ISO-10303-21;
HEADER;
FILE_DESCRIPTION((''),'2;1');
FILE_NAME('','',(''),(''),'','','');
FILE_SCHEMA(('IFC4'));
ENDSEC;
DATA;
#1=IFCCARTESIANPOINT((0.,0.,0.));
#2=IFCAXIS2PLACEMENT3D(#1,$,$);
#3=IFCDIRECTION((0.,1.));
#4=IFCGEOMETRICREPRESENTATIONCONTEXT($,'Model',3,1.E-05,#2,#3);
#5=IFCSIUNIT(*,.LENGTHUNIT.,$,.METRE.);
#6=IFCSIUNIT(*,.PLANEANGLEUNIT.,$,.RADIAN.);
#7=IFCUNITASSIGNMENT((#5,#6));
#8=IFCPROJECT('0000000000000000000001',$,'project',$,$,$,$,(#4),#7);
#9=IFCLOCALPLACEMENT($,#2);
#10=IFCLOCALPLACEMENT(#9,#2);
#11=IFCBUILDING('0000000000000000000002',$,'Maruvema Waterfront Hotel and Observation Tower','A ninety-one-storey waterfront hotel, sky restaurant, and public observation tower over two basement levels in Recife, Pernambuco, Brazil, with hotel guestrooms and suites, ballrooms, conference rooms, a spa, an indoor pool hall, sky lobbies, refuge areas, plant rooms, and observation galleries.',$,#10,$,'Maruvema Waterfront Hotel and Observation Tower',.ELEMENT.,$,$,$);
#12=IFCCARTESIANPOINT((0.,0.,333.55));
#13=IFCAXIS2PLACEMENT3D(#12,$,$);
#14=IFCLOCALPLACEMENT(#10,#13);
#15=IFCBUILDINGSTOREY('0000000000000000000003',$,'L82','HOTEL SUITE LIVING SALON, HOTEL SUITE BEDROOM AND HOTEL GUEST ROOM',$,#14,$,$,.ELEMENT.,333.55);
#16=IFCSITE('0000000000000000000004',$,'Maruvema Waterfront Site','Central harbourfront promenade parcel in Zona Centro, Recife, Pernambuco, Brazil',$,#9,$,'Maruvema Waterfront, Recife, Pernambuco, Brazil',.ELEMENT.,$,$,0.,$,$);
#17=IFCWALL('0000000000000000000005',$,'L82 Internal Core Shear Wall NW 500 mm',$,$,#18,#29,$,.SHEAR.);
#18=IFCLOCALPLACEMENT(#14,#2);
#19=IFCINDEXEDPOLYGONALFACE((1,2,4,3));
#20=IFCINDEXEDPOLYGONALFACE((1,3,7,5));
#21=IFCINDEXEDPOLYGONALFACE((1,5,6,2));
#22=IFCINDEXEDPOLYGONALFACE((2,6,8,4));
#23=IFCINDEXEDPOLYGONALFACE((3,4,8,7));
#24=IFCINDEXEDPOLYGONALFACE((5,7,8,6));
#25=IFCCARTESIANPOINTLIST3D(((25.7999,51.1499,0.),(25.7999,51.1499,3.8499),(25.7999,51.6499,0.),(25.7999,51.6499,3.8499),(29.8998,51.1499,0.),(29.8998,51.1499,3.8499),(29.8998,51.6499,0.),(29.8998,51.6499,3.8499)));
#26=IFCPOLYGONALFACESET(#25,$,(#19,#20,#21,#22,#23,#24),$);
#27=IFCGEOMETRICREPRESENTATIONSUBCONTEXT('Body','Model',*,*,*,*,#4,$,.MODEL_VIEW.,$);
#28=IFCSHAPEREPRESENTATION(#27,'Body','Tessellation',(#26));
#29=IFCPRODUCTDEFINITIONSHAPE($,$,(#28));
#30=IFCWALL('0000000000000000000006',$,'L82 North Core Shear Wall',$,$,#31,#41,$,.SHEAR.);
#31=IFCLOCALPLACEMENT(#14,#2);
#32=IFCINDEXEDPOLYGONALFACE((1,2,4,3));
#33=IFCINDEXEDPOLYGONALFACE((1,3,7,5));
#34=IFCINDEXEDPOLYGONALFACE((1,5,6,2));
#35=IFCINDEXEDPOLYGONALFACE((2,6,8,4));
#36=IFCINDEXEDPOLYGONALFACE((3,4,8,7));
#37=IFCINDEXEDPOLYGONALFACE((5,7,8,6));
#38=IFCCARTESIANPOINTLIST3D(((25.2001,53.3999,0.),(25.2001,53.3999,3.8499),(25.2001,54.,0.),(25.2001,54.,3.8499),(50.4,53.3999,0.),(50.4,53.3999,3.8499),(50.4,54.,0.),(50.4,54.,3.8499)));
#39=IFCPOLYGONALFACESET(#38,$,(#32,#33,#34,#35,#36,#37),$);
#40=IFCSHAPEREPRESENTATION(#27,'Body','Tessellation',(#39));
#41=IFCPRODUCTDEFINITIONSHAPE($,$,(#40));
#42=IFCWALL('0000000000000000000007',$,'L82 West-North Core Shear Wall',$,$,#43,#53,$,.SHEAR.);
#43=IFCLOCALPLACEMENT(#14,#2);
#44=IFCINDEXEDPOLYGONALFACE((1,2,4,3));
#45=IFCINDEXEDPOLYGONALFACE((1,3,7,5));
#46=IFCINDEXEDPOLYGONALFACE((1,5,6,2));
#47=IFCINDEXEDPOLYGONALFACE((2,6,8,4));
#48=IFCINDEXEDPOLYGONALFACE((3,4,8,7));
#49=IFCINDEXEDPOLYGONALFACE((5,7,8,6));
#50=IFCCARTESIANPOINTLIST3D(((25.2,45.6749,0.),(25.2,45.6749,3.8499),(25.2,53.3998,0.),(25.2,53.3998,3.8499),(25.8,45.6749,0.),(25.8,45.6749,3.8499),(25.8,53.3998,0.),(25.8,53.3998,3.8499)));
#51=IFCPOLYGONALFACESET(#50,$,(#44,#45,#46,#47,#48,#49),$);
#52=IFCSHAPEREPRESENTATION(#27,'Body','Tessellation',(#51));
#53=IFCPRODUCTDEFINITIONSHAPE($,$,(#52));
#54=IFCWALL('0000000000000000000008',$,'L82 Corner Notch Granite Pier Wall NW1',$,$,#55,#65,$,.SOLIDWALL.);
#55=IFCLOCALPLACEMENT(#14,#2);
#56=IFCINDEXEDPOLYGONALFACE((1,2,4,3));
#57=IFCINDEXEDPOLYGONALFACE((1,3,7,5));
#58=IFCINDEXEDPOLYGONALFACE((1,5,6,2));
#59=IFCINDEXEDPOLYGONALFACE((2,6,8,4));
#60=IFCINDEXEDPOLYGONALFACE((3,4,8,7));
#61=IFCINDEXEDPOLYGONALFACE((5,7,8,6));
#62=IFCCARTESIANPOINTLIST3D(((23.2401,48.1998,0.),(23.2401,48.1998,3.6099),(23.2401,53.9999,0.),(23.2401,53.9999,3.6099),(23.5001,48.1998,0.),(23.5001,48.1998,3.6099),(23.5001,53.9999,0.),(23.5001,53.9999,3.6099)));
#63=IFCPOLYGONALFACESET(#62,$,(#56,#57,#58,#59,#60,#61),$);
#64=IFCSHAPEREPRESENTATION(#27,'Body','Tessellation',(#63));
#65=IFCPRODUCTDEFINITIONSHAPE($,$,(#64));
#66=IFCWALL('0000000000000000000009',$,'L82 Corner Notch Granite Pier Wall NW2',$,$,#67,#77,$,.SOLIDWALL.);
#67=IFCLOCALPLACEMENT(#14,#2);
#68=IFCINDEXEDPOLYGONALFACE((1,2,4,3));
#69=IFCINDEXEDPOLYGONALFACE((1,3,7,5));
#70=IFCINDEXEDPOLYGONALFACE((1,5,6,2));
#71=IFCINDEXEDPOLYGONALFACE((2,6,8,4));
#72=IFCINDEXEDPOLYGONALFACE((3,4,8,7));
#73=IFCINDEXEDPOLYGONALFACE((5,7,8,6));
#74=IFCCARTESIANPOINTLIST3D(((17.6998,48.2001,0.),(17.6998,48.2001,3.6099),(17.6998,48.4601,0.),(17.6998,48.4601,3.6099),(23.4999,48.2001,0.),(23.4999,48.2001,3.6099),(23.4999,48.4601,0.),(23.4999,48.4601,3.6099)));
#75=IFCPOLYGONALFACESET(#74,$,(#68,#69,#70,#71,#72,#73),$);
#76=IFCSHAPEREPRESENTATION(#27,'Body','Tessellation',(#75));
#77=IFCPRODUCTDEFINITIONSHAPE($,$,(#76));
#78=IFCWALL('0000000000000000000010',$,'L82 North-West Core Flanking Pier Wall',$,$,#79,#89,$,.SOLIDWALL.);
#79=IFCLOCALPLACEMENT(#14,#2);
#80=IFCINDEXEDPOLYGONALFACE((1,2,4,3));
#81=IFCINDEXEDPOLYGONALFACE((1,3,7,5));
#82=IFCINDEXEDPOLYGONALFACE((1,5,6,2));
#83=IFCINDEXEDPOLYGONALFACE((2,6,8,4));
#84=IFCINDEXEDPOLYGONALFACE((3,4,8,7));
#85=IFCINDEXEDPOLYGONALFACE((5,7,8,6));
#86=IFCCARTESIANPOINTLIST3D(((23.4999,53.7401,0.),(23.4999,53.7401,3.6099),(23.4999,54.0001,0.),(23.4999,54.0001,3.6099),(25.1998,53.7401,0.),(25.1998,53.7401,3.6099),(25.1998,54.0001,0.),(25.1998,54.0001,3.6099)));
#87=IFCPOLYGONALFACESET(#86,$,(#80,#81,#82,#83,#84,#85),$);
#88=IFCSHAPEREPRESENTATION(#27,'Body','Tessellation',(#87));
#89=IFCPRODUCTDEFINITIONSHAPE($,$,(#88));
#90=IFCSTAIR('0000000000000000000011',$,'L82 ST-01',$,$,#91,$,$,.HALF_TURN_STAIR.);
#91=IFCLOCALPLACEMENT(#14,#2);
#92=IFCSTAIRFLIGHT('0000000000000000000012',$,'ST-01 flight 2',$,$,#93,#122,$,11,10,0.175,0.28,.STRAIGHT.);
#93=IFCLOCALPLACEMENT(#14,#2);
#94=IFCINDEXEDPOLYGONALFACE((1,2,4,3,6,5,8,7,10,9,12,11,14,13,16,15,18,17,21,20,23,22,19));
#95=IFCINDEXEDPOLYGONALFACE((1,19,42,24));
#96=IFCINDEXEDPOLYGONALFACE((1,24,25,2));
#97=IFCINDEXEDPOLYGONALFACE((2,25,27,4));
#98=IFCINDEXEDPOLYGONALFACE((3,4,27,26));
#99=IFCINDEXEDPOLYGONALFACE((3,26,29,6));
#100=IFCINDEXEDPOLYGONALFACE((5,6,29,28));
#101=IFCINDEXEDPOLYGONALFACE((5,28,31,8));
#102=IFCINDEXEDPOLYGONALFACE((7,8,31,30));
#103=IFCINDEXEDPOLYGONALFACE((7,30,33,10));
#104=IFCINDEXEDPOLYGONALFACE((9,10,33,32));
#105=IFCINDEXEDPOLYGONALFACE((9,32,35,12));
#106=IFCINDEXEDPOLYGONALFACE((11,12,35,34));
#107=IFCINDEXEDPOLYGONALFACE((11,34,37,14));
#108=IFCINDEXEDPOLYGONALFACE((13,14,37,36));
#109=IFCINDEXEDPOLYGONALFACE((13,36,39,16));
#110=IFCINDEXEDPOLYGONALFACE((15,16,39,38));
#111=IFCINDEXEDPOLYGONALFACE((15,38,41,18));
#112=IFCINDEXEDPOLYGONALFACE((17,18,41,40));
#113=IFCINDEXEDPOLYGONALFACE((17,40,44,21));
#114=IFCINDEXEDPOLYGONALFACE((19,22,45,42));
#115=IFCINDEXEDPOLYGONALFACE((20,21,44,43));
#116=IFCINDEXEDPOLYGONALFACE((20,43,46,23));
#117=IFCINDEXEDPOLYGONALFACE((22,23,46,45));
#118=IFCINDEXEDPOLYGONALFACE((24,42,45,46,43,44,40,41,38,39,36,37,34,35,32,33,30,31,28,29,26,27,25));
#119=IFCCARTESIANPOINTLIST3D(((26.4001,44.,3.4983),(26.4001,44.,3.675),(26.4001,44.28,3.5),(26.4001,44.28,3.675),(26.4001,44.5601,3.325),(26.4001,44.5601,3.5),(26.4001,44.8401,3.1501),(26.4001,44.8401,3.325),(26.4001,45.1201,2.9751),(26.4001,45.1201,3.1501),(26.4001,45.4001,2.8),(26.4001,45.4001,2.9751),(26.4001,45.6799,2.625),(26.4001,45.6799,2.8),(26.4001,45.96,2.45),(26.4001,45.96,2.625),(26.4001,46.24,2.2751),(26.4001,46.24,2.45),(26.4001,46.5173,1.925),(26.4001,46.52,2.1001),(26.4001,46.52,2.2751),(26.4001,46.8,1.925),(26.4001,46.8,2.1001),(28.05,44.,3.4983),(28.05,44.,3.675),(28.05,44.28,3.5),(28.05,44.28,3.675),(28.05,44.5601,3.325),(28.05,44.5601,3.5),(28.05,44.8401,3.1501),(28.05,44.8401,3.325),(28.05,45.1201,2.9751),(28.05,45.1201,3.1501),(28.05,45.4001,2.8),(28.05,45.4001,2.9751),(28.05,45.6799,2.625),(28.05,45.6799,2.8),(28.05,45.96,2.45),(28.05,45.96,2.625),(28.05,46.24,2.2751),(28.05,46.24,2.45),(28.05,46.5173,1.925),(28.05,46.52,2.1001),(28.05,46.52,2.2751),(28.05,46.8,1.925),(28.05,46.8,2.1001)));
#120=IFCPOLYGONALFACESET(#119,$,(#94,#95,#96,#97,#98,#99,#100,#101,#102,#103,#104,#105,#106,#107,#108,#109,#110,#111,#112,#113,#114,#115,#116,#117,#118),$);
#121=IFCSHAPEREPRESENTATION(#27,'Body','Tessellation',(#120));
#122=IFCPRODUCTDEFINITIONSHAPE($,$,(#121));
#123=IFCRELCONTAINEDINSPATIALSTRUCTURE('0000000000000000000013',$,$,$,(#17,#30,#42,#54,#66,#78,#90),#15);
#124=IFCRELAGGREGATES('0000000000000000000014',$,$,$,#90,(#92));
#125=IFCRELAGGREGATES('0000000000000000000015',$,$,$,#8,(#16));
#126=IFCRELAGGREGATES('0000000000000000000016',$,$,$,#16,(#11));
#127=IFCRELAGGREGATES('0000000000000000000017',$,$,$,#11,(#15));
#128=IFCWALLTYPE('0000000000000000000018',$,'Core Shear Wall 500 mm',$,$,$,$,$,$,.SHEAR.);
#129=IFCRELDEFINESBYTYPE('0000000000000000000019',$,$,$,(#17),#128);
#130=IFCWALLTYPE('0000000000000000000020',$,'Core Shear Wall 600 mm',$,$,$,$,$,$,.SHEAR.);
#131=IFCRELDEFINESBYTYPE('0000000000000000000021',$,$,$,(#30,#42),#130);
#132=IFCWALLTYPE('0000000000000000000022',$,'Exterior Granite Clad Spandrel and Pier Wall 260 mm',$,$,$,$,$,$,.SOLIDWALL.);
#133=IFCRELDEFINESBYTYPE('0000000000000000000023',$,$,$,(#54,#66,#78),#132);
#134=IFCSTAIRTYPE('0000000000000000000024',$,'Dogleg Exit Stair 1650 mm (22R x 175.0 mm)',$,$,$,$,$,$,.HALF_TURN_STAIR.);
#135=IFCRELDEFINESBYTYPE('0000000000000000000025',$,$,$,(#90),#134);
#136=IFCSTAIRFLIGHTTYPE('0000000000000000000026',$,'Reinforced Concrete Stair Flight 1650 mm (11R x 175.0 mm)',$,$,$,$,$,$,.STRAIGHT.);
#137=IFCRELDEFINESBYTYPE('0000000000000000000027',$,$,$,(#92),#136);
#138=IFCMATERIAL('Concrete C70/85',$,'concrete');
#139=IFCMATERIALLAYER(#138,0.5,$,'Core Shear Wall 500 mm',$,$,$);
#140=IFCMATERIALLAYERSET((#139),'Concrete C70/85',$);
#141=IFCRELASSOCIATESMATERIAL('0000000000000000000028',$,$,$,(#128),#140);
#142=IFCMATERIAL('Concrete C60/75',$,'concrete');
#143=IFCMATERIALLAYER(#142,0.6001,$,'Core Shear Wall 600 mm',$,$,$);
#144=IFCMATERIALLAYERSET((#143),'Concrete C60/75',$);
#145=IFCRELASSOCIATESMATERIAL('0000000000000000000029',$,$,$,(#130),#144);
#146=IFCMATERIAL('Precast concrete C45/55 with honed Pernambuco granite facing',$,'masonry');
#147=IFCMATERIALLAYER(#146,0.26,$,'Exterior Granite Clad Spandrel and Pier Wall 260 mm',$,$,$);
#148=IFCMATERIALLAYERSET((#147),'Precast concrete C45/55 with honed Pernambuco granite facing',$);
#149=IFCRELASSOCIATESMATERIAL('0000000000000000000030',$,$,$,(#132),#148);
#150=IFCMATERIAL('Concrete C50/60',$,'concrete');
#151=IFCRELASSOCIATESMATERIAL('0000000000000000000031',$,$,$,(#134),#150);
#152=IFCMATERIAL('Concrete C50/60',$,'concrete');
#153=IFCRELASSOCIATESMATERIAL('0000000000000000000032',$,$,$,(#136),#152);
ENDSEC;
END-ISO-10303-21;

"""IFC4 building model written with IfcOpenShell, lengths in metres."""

from ifc_helpers import new_model, si_unit, direction, frame, frame_2d, origin, place, context, subcontext, project, spatial, polyline, rectangle, outline, extrude, material, layer, layer_set, type_object, element, aggregate, save


model = new_model("IFC4")

# Units and contexts
model_context = context("Model", 3, precision=1e-05, world=origin(), true_north=direction((0.0, 1.0)))
body_context = subcontext(model_context, "Body", "Model", "MODEL_VIEW")
ifc_project = project(units=[si_unit("LENGTHUNIT", "METRE"), si_unit("PLANEANGLEUNIT", "RADIAN")], contexts=[model_context])

# Site, building, storey
site_placement = place(None, origin())
site = spatial("IfcSite", under=ifc_project, at=site_placement, Name="Maruvema Waterfront Site", Description="Central harbourfront promenade parcel in Zona Centro, Recife, Pernambuco, Brazil", LongName="Maruvema Waterfront, Recife, Pernambuco, Brazil", CompositionType="ELEMENT", RefElevation=0.0)
building_placement = place(site_placement, origin())
building = spatial("IfcBuilding", under=site, at=building_placement, Name="Maruvema Waterfront Hotel and Observation Tower", Description="A ninety-one-storey waterfront hotel, sky restaurant, and public observation tower over two basement levels in Recife, Pernambuco, Brazil, with hotel guestrooms and suites, ballrooms, conference rooms, a spa, an indoor pool hall, sky lobbies, refuge areas, plant rooms, and observation galleries.", LongName="Maruvema Waterfront Hotel and Observation Tower", CompositionType="ELEMENT")
storey_placement = place(building_placement, frame((0.0, 0.0, 333.55)))
storey = spatial("IfcBuildingStorey", under=building, at=storey_placement, Name="L82", Description="HOTEL SUITE LIVING SALON, HOTEL SUITE BEDROOM AND HOTEL GUEST ROOM", CompositionType="ELEMENT", Elevation=333.55)

# Walls
ifc_material_1 = material(Name="Concrete C70/85", Category="concrete")
ifc_layer_1 = layer(ifc_material_1, 0.5, Name="Core Shear Wall 500 mm")
ifc_layer_set_1 = layer_set([ifc_layer_1], Name="Concrete C70/85")
wall_type_1 = type_object("IfcWallType", Name="Core Shear Wall 500 mm", PredefinedType="SHEAR", material=ifc_layer_set_1)
wall_1_placement = place(storey_placement, frame((25.8, 51.3999, 0.0), z_axis=(0.0, 0.0, 1.0), x_axis=(1.0, 0.0, 0.0)))
element("IfcWall", 1, at=wall_1_placement, inside=storey, type_object=wall_type_1, Name="L82 Internal Core Shear Wall NW 500 mm", PredefinedType="SHEAR", context=body_context, shape_type="SweptSolid", body=[
    extrude(rectangle(XDim=4.0999, YDim=0.5, at=frame_2d((2.0498, 0.0))), origin(), (0.0, 0.0, 1.0), 3.8499),
])
ifc_material_2 = material(Name="Concrete C60/75", Category="concrete")
ifc_layer_2 = layer(ifc_material_2, 0.6001, Name="Core Shear Wall 600 mm")
ifc_layer_set_2 = layer_set([ifc_layer_2], Name="Concrete C60/75")
wall_type_2 = type_object("IfcWallType", Name="Core Shear Wall 600 mm", PredefinedType="SHEAR", material=ifc_layer_set_2)
wall_2_placement = place(storey_placement, frame((25.2, 53.7, 0.0), z_axis=(0.0, 0.0, 1.0), x_axis=(1.0, 0.0, 0.0)))
element("IfcWall", 2, at=wall_2_placement, inside=storey, type_object=wall_type_2, Name="L82 North Core Shear Wall", PredefinedType="SHEAR", context=body_context, shape_type="SweptSolid", body=[
    extrude(rectangle(XDim=25.2, YDim=0.6001, at=frame_2d((12.6001, 0.0))), origin(), (0.0, 0.0, 1.0), 3.8499),
])
wall_3_placement = place(storey_placement, frame((25.5, 45.675, 0.0), z_axis=(0.0, 0.0, 1.0), x_axis=(0.0, 1.0, 0.0)))
element("IfcWall", 3, at=wall_3_placement, inside=storey, type_object=wall_type_2, Name="L82 West-North Core Shear Wall", PredefinedType="SHEAR", context=body_context, shape_type="SweptSolid", body=[
    extrude(rectangle(XDim=7.7249, YDim=0.6001, at=frame_2d((3.8623, 0.0))), origin(), (0.0, 0.0, 1.0), 3.8499),
])
ifc_material_3 = material(Name="Precast concrete C45/55 with honed Pernambuco granite facing", Category="masonry")
ifc_layer_3 = layer(ifc_material_3, 0.26, Name="Exterior Granite Clad Spandrel and Pier Wall 260 mm")
ifc_layer_set_3 = layer_set([ifc_layer_3], Name="Precast concrete C45/55 with honed Pernambuco granite facing")
wall_type_3 = type_object("IfcWallType", Name="Exterior Granite Clad Spandrel and Pier Wall 260 mm", PredefinedType="SOLIDWALL", material=ifc_layer_set_3)
for number, where, z_axis, x_axis, name in (
    (4, (23.3701, 48.2, 0.0), (0.0, 0.0, 1.0), (0.0, 1.0, 0.0), "L82 Corner Notch Granite Pier Wall NW1"),
    (5, (17.7, 48.3301, 0.0), (0.0, 0.0, 1.0), (1.0, 0.0, 0.0), "L82 Corner Notch Granite Pier Wall NW2"),
):
    element("IfcWall", number, at=place(storey_placement, frame(where, z_axis=z_axis, x_axis=x_axis)), inside=storey, type_object=wall_type_3, Name=name, PredefinedType="SOLIDWALL", context=body_context, shape_type="SweptSolid", body=[
        extrude(rectangle(XDim=5.8, YDim=0.26, at=frame_2d((2.8999, 0.0))), origin(), (0.0, 0.0, 1.0), 3.6099),
    ])
wall_4_placement = place(storey_placement, frame((25.2, 53.8701, 0.0), z_axis=(0.0, 0.0, 1.0), x_axis=(-1.0, 0.0, 0.0)))
element("IfcWall", 6, at=wall_4_placement, inside=storey, type_object=wall_type_3, Name="L82 North-West Core Flanking Pier Wall", PredefinedType="SOLIDWALL", context=body_context, shape_type="SweptSolid", body=[
    extrude(rectangle(XDim=1.7, YDim=0.26, at=frame_2d((0.8501, 0.0))), origin(), (0.0, 0.0, 1.0), 3.6099),
])

# Stair, stair flight
ifc_material_4 = material(Name="Concrete C50/60", Category="concrete")
stair_type = type_object("IfcStairType", Name="Dogleg Exit Stair 1650 mm (22R x 175.0 mm)", PredefinedType="HALF_TURN_STAIR", material=ifc_material_4)
stair_placement = place(storey_placement, origin())
stair = element("IfcStair", 7, at=stair_placement, inside=storey, type_object=stair_type, Name="L82 ST-01", PredefinedType="HALF_TURN_STAIR")
ifc_material_5 = material(Name="Concrete C50/60", Category="concrete")
stair_flight_type = type_object("IfcStairFlightType", Name="Reinforced Concrete Stair Flight 1650 mm (11R x 175.0 mm)", PredefinedType="STRAIGHT", material=ifc_material_5)
stair_flight_placement = place(storey_placement, frame((27.2251, 46.8, 1.925), z_axis=(0.0, 0.0, 1.0), x_axis=(0.0, -1.0, 0.0)))
stair_flight = element("IfcStairFlight", 8, at=stair_flight_placement, type_object=stair_flight_type, Name="ST-01 flight 2", NumberOfRisers=11, NumberOfTreads=10, PredefinedType="STRAIGHT", RiserHeight=0.175, TreadLength=0.28, context=body_context, shape_type="SweptSolid", body=[
    extrude(outline(polyline([(0.0, 0.0), (0.0, 0.175), (0.28, 0.175), (0.28, 0.3501), (0.5601, 0.3501), (0.5601, 0.5249), (0.8401, 0.5249), (0.8401, 0.7), (1.1201, 0.7), (1.1201, 0.875), (1.3999, 0.875), (1.3999, 1.05), (1.6799, 1.05), (1.6799, 1.2251), (1.96, 1.2251), (1.96, 1.3999), (2.24, 1.3999), (2.24, 1.575), (2.52, 1.575), (2.52, 1.75), (2.8, 1.75), (2.8, 1.925), (2.8, 1.5732), (0.2827, 0.0), (0.0, 0.0)])), frame((0.0, 0.825, 0.0), z_axis=(0.0, -1.0, 0.0), x_axis=(1.0, 0.0, 0.0)), (0.0, 0.0, 1.0), 1.6499),
])
aggregate(stair, [stair_flight])

save(model, "model.ifc")
